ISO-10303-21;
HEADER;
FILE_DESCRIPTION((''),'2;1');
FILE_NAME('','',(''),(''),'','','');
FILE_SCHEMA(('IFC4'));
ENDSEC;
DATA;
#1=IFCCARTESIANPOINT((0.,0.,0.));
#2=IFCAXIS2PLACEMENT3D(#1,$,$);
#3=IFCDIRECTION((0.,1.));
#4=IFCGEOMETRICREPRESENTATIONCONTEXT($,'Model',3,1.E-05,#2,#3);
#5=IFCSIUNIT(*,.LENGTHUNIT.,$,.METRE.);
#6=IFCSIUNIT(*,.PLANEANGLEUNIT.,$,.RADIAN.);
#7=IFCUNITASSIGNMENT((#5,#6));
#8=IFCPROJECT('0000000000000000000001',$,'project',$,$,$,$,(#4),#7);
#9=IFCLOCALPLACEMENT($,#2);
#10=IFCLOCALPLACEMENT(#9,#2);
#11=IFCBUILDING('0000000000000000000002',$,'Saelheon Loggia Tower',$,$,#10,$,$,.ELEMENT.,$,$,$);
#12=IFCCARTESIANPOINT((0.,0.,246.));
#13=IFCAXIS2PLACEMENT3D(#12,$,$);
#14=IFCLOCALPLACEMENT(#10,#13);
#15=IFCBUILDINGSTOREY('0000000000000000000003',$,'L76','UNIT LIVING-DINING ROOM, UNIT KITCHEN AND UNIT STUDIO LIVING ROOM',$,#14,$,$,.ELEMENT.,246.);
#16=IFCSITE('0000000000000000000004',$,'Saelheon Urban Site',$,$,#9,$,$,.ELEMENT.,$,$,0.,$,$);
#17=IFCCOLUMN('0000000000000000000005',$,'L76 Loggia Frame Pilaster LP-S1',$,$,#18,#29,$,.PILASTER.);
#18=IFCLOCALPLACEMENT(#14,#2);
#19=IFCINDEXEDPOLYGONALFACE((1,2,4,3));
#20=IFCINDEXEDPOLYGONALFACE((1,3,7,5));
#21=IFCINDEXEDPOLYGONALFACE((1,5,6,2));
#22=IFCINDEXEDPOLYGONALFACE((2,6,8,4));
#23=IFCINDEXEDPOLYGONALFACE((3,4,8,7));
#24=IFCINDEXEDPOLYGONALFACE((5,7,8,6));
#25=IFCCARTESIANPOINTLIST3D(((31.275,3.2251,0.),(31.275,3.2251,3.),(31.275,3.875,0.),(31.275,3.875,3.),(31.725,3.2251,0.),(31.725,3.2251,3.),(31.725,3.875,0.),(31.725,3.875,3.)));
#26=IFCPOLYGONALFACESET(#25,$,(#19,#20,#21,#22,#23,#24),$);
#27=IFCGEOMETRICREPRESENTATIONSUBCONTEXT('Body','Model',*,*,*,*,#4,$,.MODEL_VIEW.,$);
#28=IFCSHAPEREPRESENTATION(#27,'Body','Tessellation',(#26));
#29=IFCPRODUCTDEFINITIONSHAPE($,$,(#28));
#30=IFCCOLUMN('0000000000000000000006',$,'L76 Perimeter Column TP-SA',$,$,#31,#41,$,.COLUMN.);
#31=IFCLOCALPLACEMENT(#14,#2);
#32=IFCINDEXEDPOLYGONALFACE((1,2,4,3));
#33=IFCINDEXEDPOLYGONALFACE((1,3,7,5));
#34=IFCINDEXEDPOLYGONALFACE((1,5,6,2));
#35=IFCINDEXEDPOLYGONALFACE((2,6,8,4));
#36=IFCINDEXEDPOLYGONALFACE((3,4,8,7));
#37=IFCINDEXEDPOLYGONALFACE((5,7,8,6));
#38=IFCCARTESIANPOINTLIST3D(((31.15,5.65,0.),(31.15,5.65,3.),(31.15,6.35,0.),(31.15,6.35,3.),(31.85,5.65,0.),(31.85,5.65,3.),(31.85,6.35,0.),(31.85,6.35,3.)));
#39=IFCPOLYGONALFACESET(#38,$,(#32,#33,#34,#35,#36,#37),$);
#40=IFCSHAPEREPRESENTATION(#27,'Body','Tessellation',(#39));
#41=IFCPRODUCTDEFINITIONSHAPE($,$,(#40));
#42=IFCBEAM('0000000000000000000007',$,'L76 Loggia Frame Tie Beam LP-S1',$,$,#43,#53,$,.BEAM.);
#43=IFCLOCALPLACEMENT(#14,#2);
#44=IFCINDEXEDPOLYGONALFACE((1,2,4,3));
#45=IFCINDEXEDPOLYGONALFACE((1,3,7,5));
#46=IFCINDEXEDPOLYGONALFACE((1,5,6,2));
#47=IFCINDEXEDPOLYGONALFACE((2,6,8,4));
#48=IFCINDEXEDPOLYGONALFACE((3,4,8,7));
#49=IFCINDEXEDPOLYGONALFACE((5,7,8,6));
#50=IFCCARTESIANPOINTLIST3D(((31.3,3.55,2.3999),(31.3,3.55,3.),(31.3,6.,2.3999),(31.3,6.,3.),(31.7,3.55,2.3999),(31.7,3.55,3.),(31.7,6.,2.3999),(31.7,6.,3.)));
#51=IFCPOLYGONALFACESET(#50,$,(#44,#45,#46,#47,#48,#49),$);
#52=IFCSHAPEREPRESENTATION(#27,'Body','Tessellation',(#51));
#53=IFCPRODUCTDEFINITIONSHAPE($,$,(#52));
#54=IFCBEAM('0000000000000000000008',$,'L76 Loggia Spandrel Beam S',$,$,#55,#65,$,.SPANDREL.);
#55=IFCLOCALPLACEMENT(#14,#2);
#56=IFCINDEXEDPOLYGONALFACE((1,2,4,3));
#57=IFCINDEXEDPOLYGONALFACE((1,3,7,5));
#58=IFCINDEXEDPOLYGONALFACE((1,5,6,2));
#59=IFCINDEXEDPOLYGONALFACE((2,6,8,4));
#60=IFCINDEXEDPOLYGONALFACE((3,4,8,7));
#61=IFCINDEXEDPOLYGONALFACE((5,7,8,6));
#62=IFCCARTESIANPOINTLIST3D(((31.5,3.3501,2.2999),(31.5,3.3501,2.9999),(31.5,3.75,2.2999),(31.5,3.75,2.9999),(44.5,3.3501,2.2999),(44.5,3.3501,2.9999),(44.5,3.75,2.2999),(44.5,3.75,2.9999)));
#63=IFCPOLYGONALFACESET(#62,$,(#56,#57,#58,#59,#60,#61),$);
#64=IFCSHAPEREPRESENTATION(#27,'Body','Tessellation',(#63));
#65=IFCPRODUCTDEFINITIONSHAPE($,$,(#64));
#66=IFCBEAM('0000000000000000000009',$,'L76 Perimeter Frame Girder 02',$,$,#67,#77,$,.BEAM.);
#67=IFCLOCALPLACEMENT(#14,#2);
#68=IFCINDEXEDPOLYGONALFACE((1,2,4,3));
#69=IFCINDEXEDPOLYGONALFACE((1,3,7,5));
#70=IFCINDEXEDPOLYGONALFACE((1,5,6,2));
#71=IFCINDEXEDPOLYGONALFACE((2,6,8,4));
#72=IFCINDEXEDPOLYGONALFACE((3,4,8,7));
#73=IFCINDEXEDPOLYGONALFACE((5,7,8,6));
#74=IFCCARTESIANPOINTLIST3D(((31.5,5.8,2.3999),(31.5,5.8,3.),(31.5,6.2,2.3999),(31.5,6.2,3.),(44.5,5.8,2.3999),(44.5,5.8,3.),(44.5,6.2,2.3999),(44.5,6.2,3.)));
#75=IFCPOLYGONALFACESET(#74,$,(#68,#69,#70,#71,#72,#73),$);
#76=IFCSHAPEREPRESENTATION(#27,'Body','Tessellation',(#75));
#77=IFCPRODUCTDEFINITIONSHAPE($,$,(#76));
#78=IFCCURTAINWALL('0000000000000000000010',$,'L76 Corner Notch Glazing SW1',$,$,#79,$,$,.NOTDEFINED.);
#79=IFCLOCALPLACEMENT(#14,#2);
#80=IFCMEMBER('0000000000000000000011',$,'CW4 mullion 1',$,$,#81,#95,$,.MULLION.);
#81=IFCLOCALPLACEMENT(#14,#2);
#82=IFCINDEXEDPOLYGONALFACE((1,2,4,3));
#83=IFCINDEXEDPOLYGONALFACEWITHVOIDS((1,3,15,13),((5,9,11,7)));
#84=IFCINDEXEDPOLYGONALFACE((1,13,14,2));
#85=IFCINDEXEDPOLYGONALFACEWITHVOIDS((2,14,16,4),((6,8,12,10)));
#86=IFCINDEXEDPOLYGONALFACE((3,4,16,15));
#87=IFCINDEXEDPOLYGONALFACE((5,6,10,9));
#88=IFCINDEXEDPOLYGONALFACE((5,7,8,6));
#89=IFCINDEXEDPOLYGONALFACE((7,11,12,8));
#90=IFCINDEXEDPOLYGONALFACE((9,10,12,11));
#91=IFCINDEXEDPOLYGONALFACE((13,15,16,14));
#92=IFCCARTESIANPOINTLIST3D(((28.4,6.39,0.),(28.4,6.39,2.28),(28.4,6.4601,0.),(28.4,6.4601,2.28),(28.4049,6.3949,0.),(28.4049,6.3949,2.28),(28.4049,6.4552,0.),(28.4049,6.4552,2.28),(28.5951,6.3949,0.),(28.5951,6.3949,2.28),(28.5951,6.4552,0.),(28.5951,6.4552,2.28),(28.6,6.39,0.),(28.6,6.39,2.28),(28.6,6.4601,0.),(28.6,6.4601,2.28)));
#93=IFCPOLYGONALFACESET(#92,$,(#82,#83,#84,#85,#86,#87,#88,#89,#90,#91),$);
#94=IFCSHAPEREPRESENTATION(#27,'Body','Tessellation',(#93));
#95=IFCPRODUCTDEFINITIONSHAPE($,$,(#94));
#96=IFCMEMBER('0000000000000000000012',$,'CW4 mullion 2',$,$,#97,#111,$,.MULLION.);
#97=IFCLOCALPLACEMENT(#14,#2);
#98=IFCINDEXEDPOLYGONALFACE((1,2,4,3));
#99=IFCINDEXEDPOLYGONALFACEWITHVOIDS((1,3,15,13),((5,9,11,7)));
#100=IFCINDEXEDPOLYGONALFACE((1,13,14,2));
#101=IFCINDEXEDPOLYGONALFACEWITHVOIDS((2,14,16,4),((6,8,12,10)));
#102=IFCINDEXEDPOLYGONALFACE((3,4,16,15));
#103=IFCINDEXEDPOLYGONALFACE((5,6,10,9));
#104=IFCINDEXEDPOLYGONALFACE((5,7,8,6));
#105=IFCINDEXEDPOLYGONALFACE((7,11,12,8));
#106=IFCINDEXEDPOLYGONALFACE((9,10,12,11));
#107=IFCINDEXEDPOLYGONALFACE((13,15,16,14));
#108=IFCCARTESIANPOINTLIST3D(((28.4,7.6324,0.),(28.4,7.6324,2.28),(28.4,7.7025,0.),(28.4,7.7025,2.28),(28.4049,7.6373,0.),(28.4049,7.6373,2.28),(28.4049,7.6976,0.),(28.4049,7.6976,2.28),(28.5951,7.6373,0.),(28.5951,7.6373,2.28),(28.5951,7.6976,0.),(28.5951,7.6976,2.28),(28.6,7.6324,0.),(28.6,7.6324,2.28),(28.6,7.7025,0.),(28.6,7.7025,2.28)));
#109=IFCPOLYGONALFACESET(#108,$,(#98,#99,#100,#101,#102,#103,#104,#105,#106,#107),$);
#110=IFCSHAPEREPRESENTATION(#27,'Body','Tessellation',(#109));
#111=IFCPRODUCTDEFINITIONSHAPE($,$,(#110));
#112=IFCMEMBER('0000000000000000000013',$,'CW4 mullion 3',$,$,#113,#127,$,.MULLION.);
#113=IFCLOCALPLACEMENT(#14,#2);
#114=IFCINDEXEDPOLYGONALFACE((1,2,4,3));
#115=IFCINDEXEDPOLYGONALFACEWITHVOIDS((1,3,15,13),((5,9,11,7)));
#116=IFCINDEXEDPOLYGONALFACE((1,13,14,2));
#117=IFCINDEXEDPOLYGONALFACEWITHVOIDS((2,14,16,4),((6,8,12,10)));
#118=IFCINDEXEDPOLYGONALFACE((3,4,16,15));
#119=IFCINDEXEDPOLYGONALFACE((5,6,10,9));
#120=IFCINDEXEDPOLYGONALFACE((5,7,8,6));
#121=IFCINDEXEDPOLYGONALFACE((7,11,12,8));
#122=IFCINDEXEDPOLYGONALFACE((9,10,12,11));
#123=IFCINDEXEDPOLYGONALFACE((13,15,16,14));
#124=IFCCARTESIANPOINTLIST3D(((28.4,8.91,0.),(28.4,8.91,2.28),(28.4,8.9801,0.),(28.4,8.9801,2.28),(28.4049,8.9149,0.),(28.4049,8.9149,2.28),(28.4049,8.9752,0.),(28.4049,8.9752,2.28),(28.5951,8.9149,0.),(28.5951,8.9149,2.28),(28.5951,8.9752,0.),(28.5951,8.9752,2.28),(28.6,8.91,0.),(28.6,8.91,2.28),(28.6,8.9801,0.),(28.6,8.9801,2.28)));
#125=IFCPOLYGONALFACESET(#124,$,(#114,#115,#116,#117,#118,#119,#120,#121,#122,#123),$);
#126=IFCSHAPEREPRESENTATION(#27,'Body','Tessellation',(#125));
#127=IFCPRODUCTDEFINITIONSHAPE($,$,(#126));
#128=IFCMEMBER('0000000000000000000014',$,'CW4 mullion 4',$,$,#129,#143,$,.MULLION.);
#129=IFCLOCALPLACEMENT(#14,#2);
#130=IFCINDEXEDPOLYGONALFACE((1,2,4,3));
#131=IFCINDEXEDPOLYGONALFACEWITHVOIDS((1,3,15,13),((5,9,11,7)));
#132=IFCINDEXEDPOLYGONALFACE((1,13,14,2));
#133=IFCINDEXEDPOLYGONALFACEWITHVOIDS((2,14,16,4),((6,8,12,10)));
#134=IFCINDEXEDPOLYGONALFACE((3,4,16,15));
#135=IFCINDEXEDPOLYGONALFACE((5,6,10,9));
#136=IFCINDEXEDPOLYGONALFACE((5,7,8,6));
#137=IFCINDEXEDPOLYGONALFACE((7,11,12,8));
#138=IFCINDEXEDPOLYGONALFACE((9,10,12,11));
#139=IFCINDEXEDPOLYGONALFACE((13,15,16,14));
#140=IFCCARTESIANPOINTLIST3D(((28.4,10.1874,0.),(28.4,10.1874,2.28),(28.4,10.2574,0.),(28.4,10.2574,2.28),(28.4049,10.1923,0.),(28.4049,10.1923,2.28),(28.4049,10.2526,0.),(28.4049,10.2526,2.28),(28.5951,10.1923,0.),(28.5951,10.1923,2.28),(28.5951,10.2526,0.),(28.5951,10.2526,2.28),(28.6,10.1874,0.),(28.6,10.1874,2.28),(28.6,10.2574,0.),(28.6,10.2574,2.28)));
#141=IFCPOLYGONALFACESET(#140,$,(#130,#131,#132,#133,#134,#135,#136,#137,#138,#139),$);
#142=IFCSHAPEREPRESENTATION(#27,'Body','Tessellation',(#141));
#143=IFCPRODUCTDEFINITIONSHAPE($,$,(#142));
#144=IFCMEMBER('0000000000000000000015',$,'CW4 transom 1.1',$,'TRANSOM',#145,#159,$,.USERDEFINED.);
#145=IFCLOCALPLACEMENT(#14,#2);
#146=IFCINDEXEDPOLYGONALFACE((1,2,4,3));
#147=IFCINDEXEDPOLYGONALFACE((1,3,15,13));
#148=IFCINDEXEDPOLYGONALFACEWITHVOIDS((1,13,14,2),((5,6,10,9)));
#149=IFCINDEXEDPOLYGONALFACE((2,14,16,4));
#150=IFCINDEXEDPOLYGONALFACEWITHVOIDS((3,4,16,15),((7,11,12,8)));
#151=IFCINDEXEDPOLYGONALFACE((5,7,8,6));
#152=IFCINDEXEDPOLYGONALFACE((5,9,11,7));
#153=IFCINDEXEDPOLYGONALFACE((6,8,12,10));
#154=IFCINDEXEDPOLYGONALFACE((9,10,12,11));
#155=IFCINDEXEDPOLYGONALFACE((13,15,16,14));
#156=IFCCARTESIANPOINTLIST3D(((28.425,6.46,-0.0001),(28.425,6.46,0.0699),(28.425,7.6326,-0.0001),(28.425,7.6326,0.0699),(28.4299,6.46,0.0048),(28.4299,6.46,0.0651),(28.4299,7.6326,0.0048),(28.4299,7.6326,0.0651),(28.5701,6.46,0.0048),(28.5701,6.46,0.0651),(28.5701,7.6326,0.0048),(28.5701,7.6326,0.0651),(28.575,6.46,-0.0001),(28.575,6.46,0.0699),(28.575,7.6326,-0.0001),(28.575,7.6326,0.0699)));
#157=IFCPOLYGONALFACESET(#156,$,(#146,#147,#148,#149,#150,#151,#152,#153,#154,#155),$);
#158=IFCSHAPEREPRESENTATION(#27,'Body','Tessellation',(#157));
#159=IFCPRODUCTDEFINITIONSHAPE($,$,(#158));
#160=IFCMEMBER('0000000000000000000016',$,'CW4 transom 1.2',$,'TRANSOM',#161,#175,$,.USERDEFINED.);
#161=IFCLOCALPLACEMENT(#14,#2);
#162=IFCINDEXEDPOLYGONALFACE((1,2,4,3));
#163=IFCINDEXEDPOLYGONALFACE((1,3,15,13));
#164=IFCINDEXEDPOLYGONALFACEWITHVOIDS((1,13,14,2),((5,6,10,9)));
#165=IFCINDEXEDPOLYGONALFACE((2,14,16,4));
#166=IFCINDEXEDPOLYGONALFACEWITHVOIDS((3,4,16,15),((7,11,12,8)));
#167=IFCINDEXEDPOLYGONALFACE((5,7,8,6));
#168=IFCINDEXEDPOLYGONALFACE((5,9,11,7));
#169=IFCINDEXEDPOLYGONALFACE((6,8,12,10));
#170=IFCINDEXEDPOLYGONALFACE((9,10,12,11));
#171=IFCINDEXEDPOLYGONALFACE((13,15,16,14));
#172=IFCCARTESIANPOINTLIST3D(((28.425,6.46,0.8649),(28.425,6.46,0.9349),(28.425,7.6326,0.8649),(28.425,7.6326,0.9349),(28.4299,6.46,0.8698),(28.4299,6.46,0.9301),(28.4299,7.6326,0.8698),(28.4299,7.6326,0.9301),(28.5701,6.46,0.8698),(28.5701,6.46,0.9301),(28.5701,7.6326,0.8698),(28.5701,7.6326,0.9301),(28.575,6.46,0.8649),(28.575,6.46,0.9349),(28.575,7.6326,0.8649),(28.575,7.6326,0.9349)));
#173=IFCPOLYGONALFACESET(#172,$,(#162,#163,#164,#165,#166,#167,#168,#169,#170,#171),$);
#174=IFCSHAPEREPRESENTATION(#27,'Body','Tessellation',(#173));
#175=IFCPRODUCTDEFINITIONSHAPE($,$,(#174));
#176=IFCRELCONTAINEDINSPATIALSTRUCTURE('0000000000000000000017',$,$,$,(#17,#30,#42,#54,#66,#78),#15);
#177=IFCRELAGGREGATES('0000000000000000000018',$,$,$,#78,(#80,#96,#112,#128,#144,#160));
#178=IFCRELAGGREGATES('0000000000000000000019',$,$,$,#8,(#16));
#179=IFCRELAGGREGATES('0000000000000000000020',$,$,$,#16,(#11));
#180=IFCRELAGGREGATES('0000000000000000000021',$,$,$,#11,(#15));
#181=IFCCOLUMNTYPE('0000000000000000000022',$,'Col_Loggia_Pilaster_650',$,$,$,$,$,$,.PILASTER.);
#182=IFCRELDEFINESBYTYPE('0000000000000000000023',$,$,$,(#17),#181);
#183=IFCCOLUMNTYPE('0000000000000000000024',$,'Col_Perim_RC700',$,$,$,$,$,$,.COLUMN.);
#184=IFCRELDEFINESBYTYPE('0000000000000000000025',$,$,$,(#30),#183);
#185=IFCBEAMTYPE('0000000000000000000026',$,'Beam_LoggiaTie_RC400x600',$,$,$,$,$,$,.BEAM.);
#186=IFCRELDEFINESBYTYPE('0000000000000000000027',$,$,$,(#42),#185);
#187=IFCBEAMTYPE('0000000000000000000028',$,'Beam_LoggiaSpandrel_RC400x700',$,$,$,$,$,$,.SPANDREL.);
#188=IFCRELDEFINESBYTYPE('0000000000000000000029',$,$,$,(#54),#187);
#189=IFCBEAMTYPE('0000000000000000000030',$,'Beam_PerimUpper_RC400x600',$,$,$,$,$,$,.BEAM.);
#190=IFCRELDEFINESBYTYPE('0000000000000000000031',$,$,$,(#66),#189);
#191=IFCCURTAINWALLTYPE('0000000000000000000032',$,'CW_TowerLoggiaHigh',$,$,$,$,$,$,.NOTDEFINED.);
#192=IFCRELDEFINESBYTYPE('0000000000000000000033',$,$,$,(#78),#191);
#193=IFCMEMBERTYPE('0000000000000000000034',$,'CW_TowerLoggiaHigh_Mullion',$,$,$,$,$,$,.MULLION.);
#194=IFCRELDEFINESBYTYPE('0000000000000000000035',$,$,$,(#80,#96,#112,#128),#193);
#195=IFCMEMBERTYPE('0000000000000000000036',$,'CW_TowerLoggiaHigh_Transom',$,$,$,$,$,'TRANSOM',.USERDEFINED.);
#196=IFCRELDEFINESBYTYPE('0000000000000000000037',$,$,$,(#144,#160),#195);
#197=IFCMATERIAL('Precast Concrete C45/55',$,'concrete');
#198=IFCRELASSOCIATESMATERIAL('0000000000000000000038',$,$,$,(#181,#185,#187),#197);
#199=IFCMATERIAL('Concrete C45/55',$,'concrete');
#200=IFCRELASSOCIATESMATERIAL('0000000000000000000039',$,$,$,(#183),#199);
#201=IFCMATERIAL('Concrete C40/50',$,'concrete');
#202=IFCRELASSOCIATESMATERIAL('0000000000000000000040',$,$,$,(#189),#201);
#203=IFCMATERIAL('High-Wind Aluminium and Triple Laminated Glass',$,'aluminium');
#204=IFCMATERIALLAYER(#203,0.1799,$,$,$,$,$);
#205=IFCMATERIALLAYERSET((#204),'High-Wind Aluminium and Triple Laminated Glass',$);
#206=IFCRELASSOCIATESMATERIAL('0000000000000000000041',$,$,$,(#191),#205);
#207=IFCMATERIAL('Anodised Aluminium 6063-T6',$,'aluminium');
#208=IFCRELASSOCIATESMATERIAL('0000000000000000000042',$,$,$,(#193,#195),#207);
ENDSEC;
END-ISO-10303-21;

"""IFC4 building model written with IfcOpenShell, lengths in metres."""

from ifc_helpers import new_model, si_unit, direction, frame, origin, origin_2d, place, context, subcontext, project, spatial, rectangle, hollow_rectangle, extrude, source, transform, mapped, material, layer, layer_set, material_profile, profile_set, type_object, element, aggregate, save


model = new_model("IFC4")

# Units and contexts
model_context = context("Model", 3, precision=1e-05, world=origin(), true_north=direction((0.0, 1.0)))
body_context = subcontext(model_context, "Body", "Model", "MODEL_VIEW")
ifc_project = project(units=[si_unit("LENGTHUNIT", "METRE"), si_unit("PLANEANGLEUNIT", "RADIAN")], contexts=[model_context])

# Site, building, storey
site_placement = place(None, origin())
site = spatial("IfcSite", under=ifc_project, at=site_placement, Name="Saelheon Urban Site", CompositionType="ELEMENT", RefElevation=0.0)
building_placement = place(site_placement, origin())
building = spatial("IfcBuilding", under=site, at=building_placement, Name="Saelheon Loggia Tower", CompositionType="ELEMENT")
storey_placement = place(building_placement, frame((0.0, 0.0, 246.0)))
storey = spatial("IfcBuildingStorey", under=building, at=storey_placement, Name="L76", Description="UNIT LIVING-DINING ROOM, UNIT KITCHEN AND UNIT STUDIO LIVING ROOM", CompositionType="ELEMENT", Elevation=246.0)

# Columns
ifc_material_1 = material(Name="Precast Concrete C45/55", Category="concrete")
ifc_material_profile_1 = material_profile(ifc_material_1, rectangle(XDim=0.45, YDim=0.6499, at=origin_2d()), Name="RC-450x650")
ifc_profile_set_1 = profile_set([ifc_material_profile_1], Name="Precast Concrete C45/55")
column_type_1 = type_object("IfcColumnType", Name="Col_Loggia_Pilaster_650", PredefinedType="PILASTER", material=ifc_profile_set_1)
shared_shape_1 = source(origin(), body_context, "Body", "SweptSolid", [
    extrude(rectangle(XDim=0.45, YDim=0.6499, at=origin_2d()), origin(), (0.0, 0.0, 1.0), 3.0),
])
column_1_placement = place(storey_placement, frame((31.5, 3.55, 0.0), z_axis=(0.0, 0.0, 1.0), x_axis=(1.0, 0.0, 0.0)))
element("IfcColumn", 1, at=column_1_placement, inside=storey, type_object=column_type_1, Name="L76 Loggia Frame Pilaster LP-S1", PredefinedType="PILASTER", context=body_context, shape_type="MappedRepresentation", body=[
    mapped(shared_shape_1, transform((0.0, 0.0, 0.0), scale=1.0)),
])
ifc_material_2 = material(Name="Concrete C45/55", Category="concrete")
ifc_material_profile_2 = material_profile(ifc_material_2, rectangle(XDim=0.7, YDim=0.7, at=origin_2d()), Name="RC-700x700")
ifc_profile_set_2 = profile_set([ifc_material_profile_2], Name="Concrete C45/55")
column_type_2 = type_object("IfcColumnType", Name="Col_Perim_RC700", PredefinedType="COLUMN", material=ifc_profile_set_2)
shared_shape_2 = source(origin(), body_context, "Body", "SweptSolid", [
    extrude(rectangle(XDim=0.7, YDim=0.7, at=origin_2d()), origin(), (0.0, 0.0, 1.0), 3.0),
])
column_2_placement = place(storey_placement, frame((31.5, 6.0, 0.0), z_axis=(0.0, 0.0, 1.0), x_axis=(1.0, 0.0, 0.0)))
element("IfcColumn", 2, at=column_2_placement, inside=storey, type_object=column_type_2, Name="L76 Perimeter Column TP-SA", PredefinedType="COLUMN", context=body_context, shape_type="MappedRepresentation", body=[
    mapped(shared_shape_2, transform((0.0, 0.0, 0.0), scale=1.0)),
])

# Beams
ifc_material_profile_3 = material_profile(ifc_material_1, rectangle(XDim=0.3999, YDim=0.6001, at=origin_2d()), Name="RC-400x600")
ifc_profile_set_3 = profile_set([ifc_material_profile_3], Name="Precast Concrete C45/55")
beam_type_1 = type_object("IfcBeamType", Name="Beam_LoggiaTie_RC400x600", PredefinedType="BEAM", material=ifc_profile_set_3)
shared_shape_3 = source(origin(), body_context, "Body", "SweptSolid", [
    extrude(rectangle(XDim=0.3999, YDim=0.6001, at=origin_2d()), origin(), (0.0, 0.0, 1.0), 2.45),
])
beam_1_placement = place(storey_placement, frame((31.5, 6.0, 2.7), z_axis=(0.0, -1.0, 0.0), x_axis=(1.0, 0.0, 0.0)))
element("IfcBeam", 3, at=beam_1_placement, inside=storey, type_object=beam_type_1, Name="L76 Loggia Frame Tie Beam LP-S1", PredefinedType="BEAM", context=body_context, shape_type="MappedRepresentation", body=[
    mapped(shared_shape_3, transform((0.0, 0.0, 0.0), scale=1.0)),
])
ifc_material_profile_4 = material_profile(ifc_material_1, rectangle(XDim=0.3999, YDim=0.7, at=origin_2d()), Name="RC-400x700")
ifc_profile_set_4 = profile_set([ifc_material_profile_4], Name="Precast Concrete C45/55")
beam_type_2 = type_object("IfcBeamType", Name="Beam_LoggiaSpandrel_RC400x700", PredefinedType="SPANDREL", material=ifc_profile_set_4)
shared_shape_4 = source(origin(), body_context, "Body", "SweptSolid", [
    extrude(rectangle(XDim=0.3999, YDim=0.7, at=origin_2d()), origin(), (0.0, 0.0, 1.0), 13.0),
])
beam_2_placement = place(storey_placement, frame((31.5, 3.55, 2.6499), z_axis=(1.0, 0.0, 0.0), x_axis=(0.0, 1.0, 0.0)))
element("IfcBeam", 4, at=beam_2_placement, inside=storey, type_object=beam_type_2, Name="L76 Loggia Spandrel Beam S", PredefinedType="SPANDREL", context=body_context, shape_type="MappedRepresentation", body=[
    mapped(shared_shape_4, transform((0.0, 0.0, 0.0), scale=1.0)),
])
ifc_material_3 = material(Name="Concrete C40/50", Category="concrete")
ifc_material_profile_5 = material_profile(ifc_material_3, rectangle(XDim=0.3999, YDim=0.6001, at=origin_2d()), Name="RC-400x600")
ifc_profile_set_5 = profile_set([ifc_material_profile_5], Name="Concrete C40/50")
beam_type_3 = type_object("IfcBeamType", Name="Beam_PerimUpper_RC400x600", PredefinedType="BEAM", material=ifc_profile_set_5)
shared_shape_5 = source(origin(), body_context, "Body", "SweptSolid", [
    extrude(rectangle(XDim=0.3999, YDim=0.6001, at=origin_2d()), origin(), (0.0, 0.0, 1.0), 13.0),
])
beam_3_placement = place(storey_placement, frame((31.5, 6.0, 2.7), z_axis=(1.0, 0.0, 0.0), x_axis=(0.0, 1.0, 0.0)))
element("IfcBeam", 5, at=beam_3_placement, inside=storey, type_object=beam_type_3, Name="L76 Perimeter Frame Girder 02", PredefinedType="BEAM", context=body_context, shape_type="MappedRepresentation", body=[
    mapped(shared_shape_5, transform((0.0, 0.0, 0.0), scale=1.0)),
])

# Curtain wall, members
ifc_material_4 = material(Name="High-Wind Aluminium and Triple Laminated Glass", Category="aluminium")
ifc_layer_1 = layer(ifc_material_4, 0.1799)
ifc_layer_set_1 = layer_set([ifc_layer_1], Name="High-Wind Aluminium and Triple Laminated Glass")
curtain_wall_type = type_object("IfcCurtainWallType", Name="CW_TowerLoggiaHigh", PredefinedType="NOTDEFINED", material=ifc_layer_set_1)
curtain_wall_placement = place(storey_placement, origin())
curtain_wall = element("IfcCurtainWall", 6, at=curtain_wall_placement, inside=storey, type_object=curtain_wall_type, Name="L76 Corner Notch Glazing SW1", PredefinedType="NOTDEFINED")
ifc_material_5 = material(Name="Anodised Aluminium 6063-T6", Category="aluminium")
ifc_material_profile_6 = material_profile(ifc_material_5, hollow_rectangle(XDim=0.0701, YDim=0.2, WallThickness=0.0049, at=origin_2d()), Name="RHS-200x70x5")
ifc_profile_set_6 = profile_set([ifc_material_profile_6], Name="Anodised Aluminium 6063-T6")
member_type_1 = type_object("IfcMemberType", Name="CW_TowerLoggiaHigh_Mullion", PredefinedType="MULLION", material=ifc_profile_set_6)
shared_shape_6 = source(origin(), body_context, "Body", "SweptSolid", [
    extrude(hollow_rectangle(XDim=0.0701, YDim=0.2, WallThickness=0.0049, at=origin_2d()), origin(), (0.0, 0.0, 1.0), 2.28),
])
member_1_placement = place(storey_placement, frame((28.5, 6.425, 0.0), z_axis=(0.0, 0.0, 1.0), x_axis=(0.0, 1.0, 0.0)))
member_1 = element("IfcMember", 7, at=member_1_placement, type_object=member_type_1, Name="CW4 mullion 1", PredefinedType="MULLION", context=body_context, shape_type="MappedRepresentation", body=[
    mapped(shared_shape_6, transform((0.0, 0.0, 0.0), scale=1.0)),
])
member_2_placement = place(storey_placement, frame((28.5, 7.6675, 0.0), z_axis=(0.0, 0.0, 1.0), x_axis=(0.0, 1.0, 0.0)))
member_2 = element("IfcMember", 8, at=member_2_placement, type_object=member_type_1, Name="CW4 mullion 2", PredefinedType="MULLION", context=body_context, shape_type="MappedRepresentation", body=[
    mapped(shared_shape_6, transform((0.0, 0.0, 0.0), scale=1.0)),
])
member_3_placement = place(storey_placement, frame((28.5, 8.9451, 0.0), z_axis=(0.0, 0.0, 1.0), x_axis=(0.0, 1.0, 0.0)))
member_3 = element("IfcMember", 9, at=member_3_placement, type_object=member_type_1, Name="CW4 mullion 3", PredefinedType="MULLION", context=body_context, shape_type="MappedRepresentation", body=[
    mapped(shared_shape_6, transform((0.0, 0.0, 0.0), scale=1.0)),
])
member_4_placement = place(storey_placement, frame((28.5, 10.2224, 0.0), z_axis=(0.0, 0.0, 1.0), x_axis=(0.0, 1.0, 0.0)))
member_4 = element("IfcMember", 10, at=member_4_placement, type_object=member_type_1, Name="CW4 mullion 4", PredefinedType="MULLION", context=body_context, shape_type="MappedRepresentation", body=[
    mapped(shared_shape_6, transform((0.0, 0.0, 0.0), scale=1.0)),
])
ifc_material_profile_7 = material_profile(ifc_material_5, hollow_rectangle(XDim=0.0701, YDim=0.1499, WallThickness=0.0049, at=origin_2d()), Name="RHS-150x70x5")
ifc_profile_set_7 = profile_set([ifc_material_profile_7], Name="Anodised Aluminium 6063-T6")
member_type_2 = type_object("IfcMemberType", Name="CW_TowerLoggiaHigh_Transom", ElementType="TRANSOM", PredefinedType="USERDEFINED", material=ifc_profile_set_7)
shared_shape_7 = source(origin(), body_context, "Body", "SweptSolid", [
    extrude(hollow_rectangle(XDim=0.0701, YDim=0.1499, WallThickness=0.0049, at=origin_2d()), origin(), (0.0, 0.0, 1.0), 1.1726),
])
member_5_placement = place(storey_placement, frame((28.5, 6.46, 0.0349), z_axis=(0.0, 1.0, 0.0), x_axis=(0.0, 0.0, 1.0)))
member_5 = element("IfcMember", 11, at=member_5_placement, type_object=member_type_2, Name="CW4 transom 1.1", ObjectType="TRANSOM", PredefinedType="USERDEFINED", context=body_context, shape_type="MappedRepresentation", body=[
    mapped(shared_shape_7, transform((0.0, 0.0, 0.0), scale=1.0)),
])
member_6_placement = place(storey_placement, frame((28.5, 6.46, 0.8999), z_axis=(0.0, 1.0, 0.0), x_axis=(0.0, 0.0, 1.0)))
member_6 = element("IfcMember", 12, at=member_6_placement, type_object=member_type_2, Name="CW4 transom 1.2", ObjectType="TRANSOM", PredefinedType="USERDEFINED", context=body_context, shape_type="MappedRepresentation", body=[
    mapped(shared_shape_7, transform((0.0, 0.0, 0.0), scale=1.0)),
])
aggregate(curtain_wall, [member_1, member_2, member_3, member_4, member_5, member_6])

save(model, "model.ifc")
